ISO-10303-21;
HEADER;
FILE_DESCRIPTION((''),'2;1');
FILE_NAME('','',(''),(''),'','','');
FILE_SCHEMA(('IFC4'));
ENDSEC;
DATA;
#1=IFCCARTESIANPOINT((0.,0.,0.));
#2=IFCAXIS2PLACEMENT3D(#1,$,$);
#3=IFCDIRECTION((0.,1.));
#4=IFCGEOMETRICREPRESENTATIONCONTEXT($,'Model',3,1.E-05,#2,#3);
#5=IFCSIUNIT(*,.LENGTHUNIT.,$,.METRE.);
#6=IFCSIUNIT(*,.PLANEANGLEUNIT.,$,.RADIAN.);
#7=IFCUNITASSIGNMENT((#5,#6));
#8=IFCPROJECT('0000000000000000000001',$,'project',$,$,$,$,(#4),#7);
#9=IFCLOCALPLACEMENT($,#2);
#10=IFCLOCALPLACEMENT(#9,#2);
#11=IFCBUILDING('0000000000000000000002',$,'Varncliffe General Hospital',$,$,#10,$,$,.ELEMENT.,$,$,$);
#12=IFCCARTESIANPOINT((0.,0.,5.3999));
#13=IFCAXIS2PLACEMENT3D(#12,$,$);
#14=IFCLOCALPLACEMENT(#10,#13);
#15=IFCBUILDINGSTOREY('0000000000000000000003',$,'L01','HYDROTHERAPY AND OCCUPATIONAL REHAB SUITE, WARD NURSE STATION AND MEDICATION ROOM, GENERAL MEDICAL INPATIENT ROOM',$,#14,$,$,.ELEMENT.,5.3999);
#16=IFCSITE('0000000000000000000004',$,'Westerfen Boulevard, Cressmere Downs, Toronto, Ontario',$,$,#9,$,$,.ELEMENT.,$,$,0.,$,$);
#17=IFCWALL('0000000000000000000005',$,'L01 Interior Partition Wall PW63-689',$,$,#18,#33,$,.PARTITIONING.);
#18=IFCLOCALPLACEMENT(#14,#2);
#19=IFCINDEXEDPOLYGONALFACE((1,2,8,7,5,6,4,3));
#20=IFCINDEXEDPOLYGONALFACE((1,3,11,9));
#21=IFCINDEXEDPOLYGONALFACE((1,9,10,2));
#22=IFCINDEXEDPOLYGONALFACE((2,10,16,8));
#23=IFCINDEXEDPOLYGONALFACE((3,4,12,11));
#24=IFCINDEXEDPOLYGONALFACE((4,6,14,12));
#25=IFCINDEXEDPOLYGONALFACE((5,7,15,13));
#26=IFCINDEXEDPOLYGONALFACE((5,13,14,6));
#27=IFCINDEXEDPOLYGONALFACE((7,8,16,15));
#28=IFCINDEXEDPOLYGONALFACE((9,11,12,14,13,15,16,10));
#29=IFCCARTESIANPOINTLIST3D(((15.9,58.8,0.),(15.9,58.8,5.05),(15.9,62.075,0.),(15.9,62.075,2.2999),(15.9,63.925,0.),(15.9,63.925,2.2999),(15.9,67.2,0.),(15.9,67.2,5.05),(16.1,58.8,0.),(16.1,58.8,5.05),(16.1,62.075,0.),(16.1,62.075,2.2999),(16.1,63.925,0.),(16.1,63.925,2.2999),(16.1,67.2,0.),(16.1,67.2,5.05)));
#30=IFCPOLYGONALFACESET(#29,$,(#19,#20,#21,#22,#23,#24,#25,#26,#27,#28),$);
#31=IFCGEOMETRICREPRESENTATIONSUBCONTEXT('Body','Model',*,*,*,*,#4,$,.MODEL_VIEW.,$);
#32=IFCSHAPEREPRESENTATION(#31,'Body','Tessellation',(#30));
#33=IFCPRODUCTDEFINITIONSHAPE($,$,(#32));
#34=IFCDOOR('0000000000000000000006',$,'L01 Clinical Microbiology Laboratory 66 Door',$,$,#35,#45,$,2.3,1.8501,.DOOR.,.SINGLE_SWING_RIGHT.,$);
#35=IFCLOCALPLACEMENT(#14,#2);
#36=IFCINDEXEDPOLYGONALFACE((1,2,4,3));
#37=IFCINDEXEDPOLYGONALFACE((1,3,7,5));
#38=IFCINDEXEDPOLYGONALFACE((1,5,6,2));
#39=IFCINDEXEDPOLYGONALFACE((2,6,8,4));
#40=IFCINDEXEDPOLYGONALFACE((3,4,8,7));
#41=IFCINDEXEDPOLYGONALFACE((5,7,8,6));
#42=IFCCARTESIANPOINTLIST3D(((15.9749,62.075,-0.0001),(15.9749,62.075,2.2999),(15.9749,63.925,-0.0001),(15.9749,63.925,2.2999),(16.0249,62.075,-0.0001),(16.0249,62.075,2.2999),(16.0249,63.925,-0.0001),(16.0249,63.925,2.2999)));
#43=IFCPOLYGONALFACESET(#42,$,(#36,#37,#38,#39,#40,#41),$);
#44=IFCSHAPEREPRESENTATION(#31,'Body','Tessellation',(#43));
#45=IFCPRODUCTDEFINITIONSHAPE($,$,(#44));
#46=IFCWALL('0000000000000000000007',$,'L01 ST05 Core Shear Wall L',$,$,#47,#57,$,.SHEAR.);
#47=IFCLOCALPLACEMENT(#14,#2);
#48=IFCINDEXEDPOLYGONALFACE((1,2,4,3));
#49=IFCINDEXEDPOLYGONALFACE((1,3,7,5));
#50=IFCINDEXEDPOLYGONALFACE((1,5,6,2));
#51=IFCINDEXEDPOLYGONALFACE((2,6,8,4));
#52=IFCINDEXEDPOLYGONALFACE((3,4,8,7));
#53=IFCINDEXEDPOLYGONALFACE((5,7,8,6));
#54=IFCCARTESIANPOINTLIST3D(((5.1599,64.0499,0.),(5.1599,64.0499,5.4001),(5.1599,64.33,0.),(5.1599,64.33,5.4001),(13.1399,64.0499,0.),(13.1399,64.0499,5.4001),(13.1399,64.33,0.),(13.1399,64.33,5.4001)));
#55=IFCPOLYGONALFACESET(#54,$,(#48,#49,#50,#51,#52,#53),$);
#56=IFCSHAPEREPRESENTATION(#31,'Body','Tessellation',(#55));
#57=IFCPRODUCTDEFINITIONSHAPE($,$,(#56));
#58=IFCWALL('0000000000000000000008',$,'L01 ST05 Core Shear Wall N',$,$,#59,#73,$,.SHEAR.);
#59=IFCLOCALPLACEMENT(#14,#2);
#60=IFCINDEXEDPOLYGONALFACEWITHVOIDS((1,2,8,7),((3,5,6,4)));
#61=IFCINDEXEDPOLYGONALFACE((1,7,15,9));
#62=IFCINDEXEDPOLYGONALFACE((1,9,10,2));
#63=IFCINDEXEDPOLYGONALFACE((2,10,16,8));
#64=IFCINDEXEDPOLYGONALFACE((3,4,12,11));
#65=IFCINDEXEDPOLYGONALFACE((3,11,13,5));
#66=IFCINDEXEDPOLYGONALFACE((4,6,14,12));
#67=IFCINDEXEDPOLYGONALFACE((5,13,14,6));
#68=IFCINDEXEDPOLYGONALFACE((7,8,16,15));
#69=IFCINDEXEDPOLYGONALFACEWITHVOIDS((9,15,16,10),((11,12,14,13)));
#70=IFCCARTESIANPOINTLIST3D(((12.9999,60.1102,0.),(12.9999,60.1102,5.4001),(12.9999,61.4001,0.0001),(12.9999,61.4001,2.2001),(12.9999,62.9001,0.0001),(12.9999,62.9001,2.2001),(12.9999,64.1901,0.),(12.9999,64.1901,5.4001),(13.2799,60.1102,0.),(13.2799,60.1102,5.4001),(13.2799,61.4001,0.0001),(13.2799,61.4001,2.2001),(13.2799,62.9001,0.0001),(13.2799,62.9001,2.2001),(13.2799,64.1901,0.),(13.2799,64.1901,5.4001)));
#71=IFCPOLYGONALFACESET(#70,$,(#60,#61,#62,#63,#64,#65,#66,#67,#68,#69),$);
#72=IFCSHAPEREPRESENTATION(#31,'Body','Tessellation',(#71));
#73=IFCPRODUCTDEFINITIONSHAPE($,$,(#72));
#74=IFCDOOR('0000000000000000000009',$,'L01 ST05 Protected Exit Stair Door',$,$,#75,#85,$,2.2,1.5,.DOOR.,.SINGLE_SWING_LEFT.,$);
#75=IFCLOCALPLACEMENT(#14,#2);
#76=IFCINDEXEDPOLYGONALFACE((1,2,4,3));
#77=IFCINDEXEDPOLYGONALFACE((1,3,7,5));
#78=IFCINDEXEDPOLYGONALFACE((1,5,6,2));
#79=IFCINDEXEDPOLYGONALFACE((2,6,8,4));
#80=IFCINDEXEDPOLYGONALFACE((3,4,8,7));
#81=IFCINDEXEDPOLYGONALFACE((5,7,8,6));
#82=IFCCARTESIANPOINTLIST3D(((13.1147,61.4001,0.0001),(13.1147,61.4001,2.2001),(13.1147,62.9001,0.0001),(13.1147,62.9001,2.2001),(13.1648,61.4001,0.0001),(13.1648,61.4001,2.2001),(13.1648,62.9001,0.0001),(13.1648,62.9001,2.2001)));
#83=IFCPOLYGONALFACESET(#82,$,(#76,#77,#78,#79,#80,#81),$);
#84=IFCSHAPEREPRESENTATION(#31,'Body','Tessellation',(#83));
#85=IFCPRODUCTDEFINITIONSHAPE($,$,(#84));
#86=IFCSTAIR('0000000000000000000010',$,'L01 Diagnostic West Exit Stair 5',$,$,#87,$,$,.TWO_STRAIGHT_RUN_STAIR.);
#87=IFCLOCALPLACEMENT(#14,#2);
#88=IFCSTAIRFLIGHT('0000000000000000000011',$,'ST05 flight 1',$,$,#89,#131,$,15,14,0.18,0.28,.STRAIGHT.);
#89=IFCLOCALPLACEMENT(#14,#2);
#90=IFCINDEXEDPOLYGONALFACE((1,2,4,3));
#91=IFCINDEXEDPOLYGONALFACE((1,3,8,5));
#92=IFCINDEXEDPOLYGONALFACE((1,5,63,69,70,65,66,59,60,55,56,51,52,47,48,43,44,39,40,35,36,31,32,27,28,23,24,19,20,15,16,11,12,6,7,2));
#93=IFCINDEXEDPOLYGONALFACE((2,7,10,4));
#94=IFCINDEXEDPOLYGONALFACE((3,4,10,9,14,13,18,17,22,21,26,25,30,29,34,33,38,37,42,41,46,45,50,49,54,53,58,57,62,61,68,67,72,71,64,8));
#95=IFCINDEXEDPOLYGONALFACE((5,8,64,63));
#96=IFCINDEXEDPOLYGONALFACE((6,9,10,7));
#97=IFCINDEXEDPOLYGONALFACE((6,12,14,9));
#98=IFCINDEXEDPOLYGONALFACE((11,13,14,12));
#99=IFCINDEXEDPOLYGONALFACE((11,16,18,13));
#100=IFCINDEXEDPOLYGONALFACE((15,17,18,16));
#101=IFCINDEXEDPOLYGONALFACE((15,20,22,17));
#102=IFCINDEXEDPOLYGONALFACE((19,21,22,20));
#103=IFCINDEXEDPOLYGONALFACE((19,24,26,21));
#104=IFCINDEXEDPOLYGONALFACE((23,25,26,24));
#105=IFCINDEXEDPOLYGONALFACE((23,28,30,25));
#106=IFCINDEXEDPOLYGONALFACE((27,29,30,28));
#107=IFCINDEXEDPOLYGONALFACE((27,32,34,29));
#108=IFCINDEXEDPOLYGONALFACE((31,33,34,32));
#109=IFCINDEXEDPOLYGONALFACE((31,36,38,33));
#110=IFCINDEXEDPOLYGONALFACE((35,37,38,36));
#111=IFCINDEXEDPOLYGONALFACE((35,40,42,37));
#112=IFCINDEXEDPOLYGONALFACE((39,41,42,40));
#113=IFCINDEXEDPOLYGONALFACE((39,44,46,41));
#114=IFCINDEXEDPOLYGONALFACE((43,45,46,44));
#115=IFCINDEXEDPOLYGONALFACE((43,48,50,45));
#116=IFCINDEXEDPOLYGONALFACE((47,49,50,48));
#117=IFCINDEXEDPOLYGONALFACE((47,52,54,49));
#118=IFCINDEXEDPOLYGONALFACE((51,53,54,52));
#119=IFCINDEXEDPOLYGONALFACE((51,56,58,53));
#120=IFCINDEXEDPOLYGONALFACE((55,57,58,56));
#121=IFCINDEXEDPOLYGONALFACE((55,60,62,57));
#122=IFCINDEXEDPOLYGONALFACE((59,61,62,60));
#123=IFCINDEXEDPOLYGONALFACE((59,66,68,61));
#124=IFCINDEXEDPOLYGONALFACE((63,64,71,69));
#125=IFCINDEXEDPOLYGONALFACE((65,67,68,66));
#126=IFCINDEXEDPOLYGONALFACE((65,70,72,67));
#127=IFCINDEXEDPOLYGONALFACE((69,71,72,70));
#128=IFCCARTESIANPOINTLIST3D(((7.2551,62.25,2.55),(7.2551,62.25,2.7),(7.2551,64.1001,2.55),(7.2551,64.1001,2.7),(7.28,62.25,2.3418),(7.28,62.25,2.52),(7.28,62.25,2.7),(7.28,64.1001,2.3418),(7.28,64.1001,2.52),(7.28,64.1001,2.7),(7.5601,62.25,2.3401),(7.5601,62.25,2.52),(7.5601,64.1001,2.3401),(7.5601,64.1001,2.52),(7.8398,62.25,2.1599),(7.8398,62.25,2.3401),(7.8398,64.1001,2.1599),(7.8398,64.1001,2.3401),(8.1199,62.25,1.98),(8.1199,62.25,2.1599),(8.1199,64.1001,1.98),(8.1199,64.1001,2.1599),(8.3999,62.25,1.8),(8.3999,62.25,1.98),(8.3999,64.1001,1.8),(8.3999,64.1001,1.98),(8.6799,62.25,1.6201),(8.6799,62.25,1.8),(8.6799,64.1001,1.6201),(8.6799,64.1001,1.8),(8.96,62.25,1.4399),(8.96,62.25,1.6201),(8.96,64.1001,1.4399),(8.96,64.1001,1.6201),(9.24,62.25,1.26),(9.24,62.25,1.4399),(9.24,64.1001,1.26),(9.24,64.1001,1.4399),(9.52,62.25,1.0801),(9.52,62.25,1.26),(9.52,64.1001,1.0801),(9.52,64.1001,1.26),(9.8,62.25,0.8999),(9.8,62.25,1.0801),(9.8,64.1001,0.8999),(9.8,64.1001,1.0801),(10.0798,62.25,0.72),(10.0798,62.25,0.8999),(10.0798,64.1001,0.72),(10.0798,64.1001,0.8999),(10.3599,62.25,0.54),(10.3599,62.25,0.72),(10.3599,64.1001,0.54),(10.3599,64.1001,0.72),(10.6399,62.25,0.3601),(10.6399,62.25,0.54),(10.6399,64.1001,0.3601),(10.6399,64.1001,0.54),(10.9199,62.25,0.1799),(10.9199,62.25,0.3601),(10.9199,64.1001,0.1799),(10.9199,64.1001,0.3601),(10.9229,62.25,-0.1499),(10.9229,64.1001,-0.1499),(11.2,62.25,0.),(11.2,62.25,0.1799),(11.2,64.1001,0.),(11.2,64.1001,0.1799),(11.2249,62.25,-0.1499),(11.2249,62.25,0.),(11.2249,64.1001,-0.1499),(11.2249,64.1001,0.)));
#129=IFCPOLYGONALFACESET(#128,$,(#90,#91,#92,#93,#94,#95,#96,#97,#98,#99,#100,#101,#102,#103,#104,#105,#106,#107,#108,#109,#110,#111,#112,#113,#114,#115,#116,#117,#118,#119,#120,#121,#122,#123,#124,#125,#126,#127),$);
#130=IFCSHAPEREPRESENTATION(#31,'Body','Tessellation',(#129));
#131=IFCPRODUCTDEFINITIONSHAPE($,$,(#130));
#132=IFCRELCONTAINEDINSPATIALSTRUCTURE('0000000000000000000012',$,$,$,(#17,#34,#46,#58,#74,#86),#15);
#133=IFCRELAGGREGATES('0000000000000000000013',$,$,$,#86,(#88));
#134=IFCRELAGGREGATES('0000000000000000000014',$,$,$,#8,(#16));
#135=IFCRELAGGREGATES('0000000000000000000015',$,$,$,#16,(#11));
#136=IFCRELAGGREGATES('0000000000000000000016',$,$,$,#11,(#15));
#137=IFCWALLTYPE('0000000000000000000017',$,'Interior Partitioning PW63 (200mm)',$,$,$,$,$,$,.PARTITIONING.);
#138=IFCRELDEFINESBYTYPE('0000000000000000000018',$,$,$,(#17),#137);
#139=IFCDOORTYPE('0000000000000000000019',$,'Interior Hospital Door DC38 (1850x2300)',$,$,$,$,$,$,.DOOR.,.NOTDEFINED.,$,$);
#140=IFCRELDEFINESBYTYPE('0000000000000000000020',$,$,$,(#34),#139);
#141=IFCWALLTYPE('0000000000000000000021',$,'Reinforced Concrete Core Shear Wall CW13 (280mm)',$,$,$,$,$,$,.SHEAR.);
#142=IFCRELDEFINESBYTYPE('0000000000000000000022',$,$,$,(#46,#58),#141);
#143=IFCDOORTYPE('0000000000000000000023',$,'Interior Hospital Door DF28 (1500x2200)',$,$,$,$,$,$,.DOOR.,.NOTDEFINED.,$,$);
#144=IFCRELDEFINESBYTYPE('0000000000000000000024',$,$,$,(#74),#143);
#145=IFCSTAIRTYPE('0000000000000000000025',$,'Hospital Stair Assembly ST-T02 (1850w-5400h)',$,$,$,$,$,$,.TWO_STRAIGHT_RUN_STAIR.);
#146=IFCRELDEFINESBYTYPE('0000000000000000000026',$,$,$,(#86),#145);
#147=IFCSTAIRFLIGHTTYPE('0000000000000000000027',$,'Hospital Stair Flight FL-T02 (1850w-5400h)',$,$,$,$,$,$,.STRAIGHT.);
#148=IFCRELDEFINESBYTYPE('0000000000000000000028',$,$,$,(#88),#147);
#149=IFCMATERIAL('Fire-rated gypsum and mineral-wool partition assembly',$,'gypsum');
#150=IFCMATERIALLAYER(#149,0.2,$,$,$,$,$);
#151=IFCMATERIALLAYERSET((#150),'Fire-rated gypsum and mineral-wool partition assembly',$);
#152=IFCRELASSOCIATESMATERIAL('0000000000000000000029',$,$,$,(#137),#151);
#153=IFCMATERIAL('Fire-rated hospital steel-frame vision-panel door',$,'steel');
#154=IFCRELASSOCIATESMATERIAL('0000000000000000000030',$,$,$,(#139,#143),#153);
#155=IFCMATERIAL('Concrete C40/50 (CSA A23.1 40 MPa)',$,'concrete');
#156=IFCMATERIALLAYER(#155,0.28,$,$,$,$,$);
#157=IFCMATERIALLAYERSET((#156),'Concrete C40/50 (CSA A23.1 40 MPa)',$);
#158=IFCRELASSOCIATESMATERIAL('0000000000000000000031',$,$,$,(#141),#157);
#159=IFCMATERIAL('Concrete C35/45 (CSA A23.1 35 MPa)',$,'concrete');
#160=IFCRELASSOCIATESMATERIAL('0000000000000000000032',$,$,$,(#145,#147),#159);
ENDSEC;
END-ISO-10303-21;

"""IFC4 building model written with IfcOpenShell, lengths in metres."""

from ifc_helpers import new_model, si_unit, direction, frame, frame_2d, origin, place, context, subcontext, project, spatial, polyline, rectangle, outline, extrude, material, layer, layer_set, type_object, element, fill, aggregate, save


model = new_model("IFC4")

# Units and contexts
model_context = context("Model", 3, precision=1e-05, world=origin(), true_north=direction((0.0, 1.0)))
body_context = subcontext(model_context, "Body", "Model", "MODEL_VIEW")
ifc_project = project(units=[si_unit("LENGTHUNIT", "METRE"), si_unit("PLANEANGLEUNIT", "RADIAN")], contexts=[model_context])

# Site, building, storey
site_placement = place(None, origin())
site = spatial("IfcSite", under=ifc_project, at=site_placement, Name="Westerfen Boulevard, Cressmere Downs, Toronto, Ontario", CompositionType="ELEMENT", RefElevation=0.0)
building_placement = place(site_placement, origin())
building = spatial("IfcBuilding", under=site, at=building_placement, Name="Varncliffe General Hospital", CompositionType="ELEMENT")
storey_placement = place(building_placement, frame((0.0, 0.0, 5.3999)))
storey = spatial("IfcBuildingStorey", under=building, at=storey_placement, Name="L01", Description="HYDROTHERAPY AND OCCUPATIONAL REHAB SUITE, WARD NURSE STATION AND MEDICATION ROOM, GENERAL MEDICAL INPATIENT ROOM", CompositionType="ELEMENT", Elevation=5.3999)

# Shared definitions
ifc_material_1 = material(Name="Concrete C40/50 (CSA A23.1 40 MPa)", Category="concrete")

# Shared definitions
ifc_material_2 = material(Name="Concrete C35/45 (CSA A23.1 35 MPa)", Category="concrete")

# Wall, opening, door
ifc_material_3 = material(Name="Fire-rated gypsum and mineral-wool partition assembly", Category="gypsum")
ifc_layer_1 = layer(ifc_material_3, 0.2)
ifc_layer_set_1 = layer_set([ifc_layer_1], Name="Fire-rated gypsum and mineral-wool partition assembly")
wall_type_1 = type_object("IfcWallType", Name="Interior Partitioning PW63 (200mm)", PredefinedType="PARTITIONING", material=ifc_layer_set_1)
ifc_material_4 = material(Name="Fire-rated hospital steel-frame vision-panel door", Category="steel")
wall_1_placement = place(storey_placement, frame((16.0, 58.8, 0.0), z_axis=(0.0, 0.0, 1.0), x_axis=(0.0, 1.0, 0.0)))
wall_1 = element("IfcWall", 1, at=wall_1_placement, inside=storey, type_object=wall_type_1, Name="L01 Interior Partition Wall PW63-689", PredefinedType="PARTITIONING", context=body_context, shape_type="SweptSolid", body=[
    extrude(rectangle(XDim=8.3999, YDim=0.2, at=frame_2d((4.2, 0.0))), origin(), (0.0, 0.0, 1.0), 5.05),
])
opening_1_placement = place(wall_1_placement, frame((3.2749, 0.0, 0.0)))
opening_1 = element("IfcOpeningElement", 2, at=opening_1_placement, cuts=wall_1, PredefinedType="OPENING", context=body_context, shape_type="SweptSolid", body=[
    extrude(rectangle(XDim=1.8501, YDim=2.3, at=frame_2d((0.925, 1.1499))), frame((0.0, 0.1099, 0.0), z_axis=(0.0, -1.0, 0.0), x_axis=(1.0, 0.0, 0.0)), (0.0, 0.0, 1.0), 0.22),
])
door_type_1 = type_object("IfcDoorType", Name="Interior Hospital Door DC38 (1850x2300)", OperationType="NOTDEFINED", PredefinedType="DOOR", material=ifc_material_4)
door_1_placement = place(opening_1_placement, frame((1.8501, 0.0, 0.0), z_axis=(0.0, 0.0, 1.0), x_axis=(-1.0, 0.0, 0.0)))
door_1 = element("IfcDoor", 3, at=door_1_placement, inside=storey, type_object=door_type_1, Name="L01 Clinical Microbiology Laboratory 66 Door", OperationType="SINGLE_SWING_RIGHT", OverallHeight=2.3, OverallWidth=1.8501, PredefinedType="DOOR", context=body_context, shape_type="SweptSolid", body=[
    extrude(rectangle(XDim=1.8501, YDim=2.3, at=frame_2d((0.925, 1.1499))), frame((0.0, 0.0249, 0.0), z_axis=(0.0, -1.0, 0.0), x_axis=(1.0, 0.0, 0.0)), (0.0, 0.0, 1.0), 0.05),
])
fill(opening_1, door_1)

# Wall
ifc_layer_2 = layer(ifc_material_1, 0.28)
ifc_layer_set_2 = layer_set([ifc_layer_2], Name="Concrete C40/50 (CSA A23.1 40 MPa)")
wall_type_2 = type_object("IfcWallType", Name="Reinforced Concrete Core Shear Wall CW13 (280mm)", PredefinedType="SHEAR", material=ifc_layer_set_2)
wall_2_placement = place(storey_placement, frame((13.1399, 64.1899, 0.0), z_axis=(0.0, 0.0, 1.0), x_axis=(-1.0, 0.0, 0.0)))
element("IfcWall", 4, at=wall_2_placement, inside=storey, type_object=wall_type_2, Name="L01 ST05 Core Shear Wall L", PredefinedType="SHEAR", context=body_context, shape_type="SweptSolid", body=[
    extrude(rectangle(XDim=7.98, YDim=0.28, at=frame_2d((3.99, 0.0))), origin(), (0.0, 0.0, 1.0), 5.4001),
])

# Wall, opening, door
wall_3_placement = place(storey_placement, frame((13.1399, 60.1101, 0.0), z_axis=(0.0, 0.0, 1.0), x_axis=(0.0, 1.0, 0.0)))
wall_3 = element("IfcWall", 5, at=wall_3_placement, inside=storey, type_object=wall_type_2, Name="L01 ST05 Core Shear Wall N", PredefinedType="SHEAR", context=body_context, shape_type="SweptSolid", body=[
    extrude(rectangle(XDim=4.0798, YDim=0.28, at=frame_2d((2.04, 0.0))), origin(), (0.0, 0.0, 1.0), 5.4001),
])
opening_2_placement = place(wall_3_placement, frame((1.29, 0.0, 0.0)))
opening_2 = element("IfcOpeningElement", 6, at=opening_2_placement, cuts=wall_3, PredefinedType="OPENING", context=body_context, shape_type="SweptSolid", body=[
    extrude(rectangle(XDim=1.5, YDim=2.2, at=frame_2d((0.75, 1.1001))), frame((0.0, 0.1499, 0.0), z_axis=(0.0, -1.0, 0.0), x_axis=(1.0, 0.0, 0.0)), (0.0, 0.0, 1.0), 0.3),
])
door_type_2 = type_object("IfcDoorType", Name="Interior Hospital Door DF28 (1500x2200)", OperationType="NOTDEFINED", PredefinedType="DOOR", material=ifc_material_4)
door_2_placement = place(opening_2_placement, frame((1.5, 0.0, 0.0), z_axis=(0.0, 0.0, 1.0), x_axis=(-1.0, 0.0, 0.0)))
door_2 = element("IfcDoor", 7, at=door_2_placement, inside=storey, type_object=door_type_2, Name="L01 ST05 Protected Exit Stair Door", OperationType="SINGLE_SWING_LEFT", OverallHeight=2.2, OverallWidth=1.5, PredefinedType="DOOR", context=body_context, shape_type="SweptSolid", body=[
    extrude(rectangle(XDim=1.5, YDim=2.2, at=frame_2d((0.75, 1.1001))), frame((0.0, 0.0249, 0.0), z_axis=(0.0, -1.0, 0.0), x_axis=(1.0, 0.0, 0.0)), (0.0, 0.0, 1.0), 0.05),
])
fill(opening_2, door_2)

# Stair, stair flight
stair_type = type_object("IfcStairType", Name="Hospital Stair Assembly ST-T02 (1850w-5400h)", PredefinedType="TWO_STRAIGHT_RUN_STAIR", material=ifc_material_2)
stair_placement = place(storey_placement, origin())
stair = element("IfcStair", 8, at=stair_placement, inside=storey, type_object=stair_type, Name="L01 Diagnostic West Exit Stair 5", PredefinedType="TWO_STRAIGHT_RUN_STAIR")
stair_flight_type = type_object("IfcStairFlightType", Name="Hospital Stair Flight FL-T02 (1850w-5400h)", PredefinedType="STRAIGHT", material=ifc_material_2)
stair_flight_placement = place(storey_placement, frame((11.2, 63.175, 0.0), z_axis=(0.0, 0.0, 1.0), x_axis=(-1.0, 0.0, 0.0)))
stair_flight = element("IfcStairFlight", 9, at=stair_flight_placement, type_object=stair_flight_type, Name="ST05 flight 1", NumberOfRisers=15, NumberOfTreads=14, PredefinedType="STRAIGHT", RiserHeight=0.18, TreadLength=0.28, context=body_context, shape_type="SweptSolid", body=[
    extrude(outline(polyline([(-0.0249, -0.1499), (-0.0249, 0.0), (0.0, 0.0), (0.0, 0.1799), (0.28, 0.1799), (0.28, 0.3601), (0.5601, 0.3601), (0.5601, 0.54), (0.8401, 0.54), (0.8401, 0.72), (1.1201, 0.72), (1.1201, 0.8999), (1.3999, 0.8999), (1.3999, 1.0801), (1.6799, 1.0801), (1.6799, 1.26), (1.96, 1.26), (1.96, 1.4399), (2.24, 1.4399), (2.24, 1.6201), (2.52, 1.6201), (2.52, 1.8), (2.8, 1.8), (2.8, 1.98), (3.0801, 1.98), (3.0801, 2.1599), (3.3601, 2.1599), (3.3601, 2.3401), (3.6399, 2.3401), (3.6399, 2.52), (3.9199, 2.52), (3.9199, 2.7), (3.9448, 2.7), (3.9448, 2.55), (3.9199, 2.3418), (0.2771, -0.1499), (-0.0249, -0.1499)])), frame((0.0, 0.925, 0.0), z_axis=(0.0, -1.0, 0.0), x_axis=(1.0, 0.0, 0.0)), (0.0, 0.0, 1.0), 1.8501),
])
aggregate(stair, [stair_flight])

save(model, "model.ifc")
